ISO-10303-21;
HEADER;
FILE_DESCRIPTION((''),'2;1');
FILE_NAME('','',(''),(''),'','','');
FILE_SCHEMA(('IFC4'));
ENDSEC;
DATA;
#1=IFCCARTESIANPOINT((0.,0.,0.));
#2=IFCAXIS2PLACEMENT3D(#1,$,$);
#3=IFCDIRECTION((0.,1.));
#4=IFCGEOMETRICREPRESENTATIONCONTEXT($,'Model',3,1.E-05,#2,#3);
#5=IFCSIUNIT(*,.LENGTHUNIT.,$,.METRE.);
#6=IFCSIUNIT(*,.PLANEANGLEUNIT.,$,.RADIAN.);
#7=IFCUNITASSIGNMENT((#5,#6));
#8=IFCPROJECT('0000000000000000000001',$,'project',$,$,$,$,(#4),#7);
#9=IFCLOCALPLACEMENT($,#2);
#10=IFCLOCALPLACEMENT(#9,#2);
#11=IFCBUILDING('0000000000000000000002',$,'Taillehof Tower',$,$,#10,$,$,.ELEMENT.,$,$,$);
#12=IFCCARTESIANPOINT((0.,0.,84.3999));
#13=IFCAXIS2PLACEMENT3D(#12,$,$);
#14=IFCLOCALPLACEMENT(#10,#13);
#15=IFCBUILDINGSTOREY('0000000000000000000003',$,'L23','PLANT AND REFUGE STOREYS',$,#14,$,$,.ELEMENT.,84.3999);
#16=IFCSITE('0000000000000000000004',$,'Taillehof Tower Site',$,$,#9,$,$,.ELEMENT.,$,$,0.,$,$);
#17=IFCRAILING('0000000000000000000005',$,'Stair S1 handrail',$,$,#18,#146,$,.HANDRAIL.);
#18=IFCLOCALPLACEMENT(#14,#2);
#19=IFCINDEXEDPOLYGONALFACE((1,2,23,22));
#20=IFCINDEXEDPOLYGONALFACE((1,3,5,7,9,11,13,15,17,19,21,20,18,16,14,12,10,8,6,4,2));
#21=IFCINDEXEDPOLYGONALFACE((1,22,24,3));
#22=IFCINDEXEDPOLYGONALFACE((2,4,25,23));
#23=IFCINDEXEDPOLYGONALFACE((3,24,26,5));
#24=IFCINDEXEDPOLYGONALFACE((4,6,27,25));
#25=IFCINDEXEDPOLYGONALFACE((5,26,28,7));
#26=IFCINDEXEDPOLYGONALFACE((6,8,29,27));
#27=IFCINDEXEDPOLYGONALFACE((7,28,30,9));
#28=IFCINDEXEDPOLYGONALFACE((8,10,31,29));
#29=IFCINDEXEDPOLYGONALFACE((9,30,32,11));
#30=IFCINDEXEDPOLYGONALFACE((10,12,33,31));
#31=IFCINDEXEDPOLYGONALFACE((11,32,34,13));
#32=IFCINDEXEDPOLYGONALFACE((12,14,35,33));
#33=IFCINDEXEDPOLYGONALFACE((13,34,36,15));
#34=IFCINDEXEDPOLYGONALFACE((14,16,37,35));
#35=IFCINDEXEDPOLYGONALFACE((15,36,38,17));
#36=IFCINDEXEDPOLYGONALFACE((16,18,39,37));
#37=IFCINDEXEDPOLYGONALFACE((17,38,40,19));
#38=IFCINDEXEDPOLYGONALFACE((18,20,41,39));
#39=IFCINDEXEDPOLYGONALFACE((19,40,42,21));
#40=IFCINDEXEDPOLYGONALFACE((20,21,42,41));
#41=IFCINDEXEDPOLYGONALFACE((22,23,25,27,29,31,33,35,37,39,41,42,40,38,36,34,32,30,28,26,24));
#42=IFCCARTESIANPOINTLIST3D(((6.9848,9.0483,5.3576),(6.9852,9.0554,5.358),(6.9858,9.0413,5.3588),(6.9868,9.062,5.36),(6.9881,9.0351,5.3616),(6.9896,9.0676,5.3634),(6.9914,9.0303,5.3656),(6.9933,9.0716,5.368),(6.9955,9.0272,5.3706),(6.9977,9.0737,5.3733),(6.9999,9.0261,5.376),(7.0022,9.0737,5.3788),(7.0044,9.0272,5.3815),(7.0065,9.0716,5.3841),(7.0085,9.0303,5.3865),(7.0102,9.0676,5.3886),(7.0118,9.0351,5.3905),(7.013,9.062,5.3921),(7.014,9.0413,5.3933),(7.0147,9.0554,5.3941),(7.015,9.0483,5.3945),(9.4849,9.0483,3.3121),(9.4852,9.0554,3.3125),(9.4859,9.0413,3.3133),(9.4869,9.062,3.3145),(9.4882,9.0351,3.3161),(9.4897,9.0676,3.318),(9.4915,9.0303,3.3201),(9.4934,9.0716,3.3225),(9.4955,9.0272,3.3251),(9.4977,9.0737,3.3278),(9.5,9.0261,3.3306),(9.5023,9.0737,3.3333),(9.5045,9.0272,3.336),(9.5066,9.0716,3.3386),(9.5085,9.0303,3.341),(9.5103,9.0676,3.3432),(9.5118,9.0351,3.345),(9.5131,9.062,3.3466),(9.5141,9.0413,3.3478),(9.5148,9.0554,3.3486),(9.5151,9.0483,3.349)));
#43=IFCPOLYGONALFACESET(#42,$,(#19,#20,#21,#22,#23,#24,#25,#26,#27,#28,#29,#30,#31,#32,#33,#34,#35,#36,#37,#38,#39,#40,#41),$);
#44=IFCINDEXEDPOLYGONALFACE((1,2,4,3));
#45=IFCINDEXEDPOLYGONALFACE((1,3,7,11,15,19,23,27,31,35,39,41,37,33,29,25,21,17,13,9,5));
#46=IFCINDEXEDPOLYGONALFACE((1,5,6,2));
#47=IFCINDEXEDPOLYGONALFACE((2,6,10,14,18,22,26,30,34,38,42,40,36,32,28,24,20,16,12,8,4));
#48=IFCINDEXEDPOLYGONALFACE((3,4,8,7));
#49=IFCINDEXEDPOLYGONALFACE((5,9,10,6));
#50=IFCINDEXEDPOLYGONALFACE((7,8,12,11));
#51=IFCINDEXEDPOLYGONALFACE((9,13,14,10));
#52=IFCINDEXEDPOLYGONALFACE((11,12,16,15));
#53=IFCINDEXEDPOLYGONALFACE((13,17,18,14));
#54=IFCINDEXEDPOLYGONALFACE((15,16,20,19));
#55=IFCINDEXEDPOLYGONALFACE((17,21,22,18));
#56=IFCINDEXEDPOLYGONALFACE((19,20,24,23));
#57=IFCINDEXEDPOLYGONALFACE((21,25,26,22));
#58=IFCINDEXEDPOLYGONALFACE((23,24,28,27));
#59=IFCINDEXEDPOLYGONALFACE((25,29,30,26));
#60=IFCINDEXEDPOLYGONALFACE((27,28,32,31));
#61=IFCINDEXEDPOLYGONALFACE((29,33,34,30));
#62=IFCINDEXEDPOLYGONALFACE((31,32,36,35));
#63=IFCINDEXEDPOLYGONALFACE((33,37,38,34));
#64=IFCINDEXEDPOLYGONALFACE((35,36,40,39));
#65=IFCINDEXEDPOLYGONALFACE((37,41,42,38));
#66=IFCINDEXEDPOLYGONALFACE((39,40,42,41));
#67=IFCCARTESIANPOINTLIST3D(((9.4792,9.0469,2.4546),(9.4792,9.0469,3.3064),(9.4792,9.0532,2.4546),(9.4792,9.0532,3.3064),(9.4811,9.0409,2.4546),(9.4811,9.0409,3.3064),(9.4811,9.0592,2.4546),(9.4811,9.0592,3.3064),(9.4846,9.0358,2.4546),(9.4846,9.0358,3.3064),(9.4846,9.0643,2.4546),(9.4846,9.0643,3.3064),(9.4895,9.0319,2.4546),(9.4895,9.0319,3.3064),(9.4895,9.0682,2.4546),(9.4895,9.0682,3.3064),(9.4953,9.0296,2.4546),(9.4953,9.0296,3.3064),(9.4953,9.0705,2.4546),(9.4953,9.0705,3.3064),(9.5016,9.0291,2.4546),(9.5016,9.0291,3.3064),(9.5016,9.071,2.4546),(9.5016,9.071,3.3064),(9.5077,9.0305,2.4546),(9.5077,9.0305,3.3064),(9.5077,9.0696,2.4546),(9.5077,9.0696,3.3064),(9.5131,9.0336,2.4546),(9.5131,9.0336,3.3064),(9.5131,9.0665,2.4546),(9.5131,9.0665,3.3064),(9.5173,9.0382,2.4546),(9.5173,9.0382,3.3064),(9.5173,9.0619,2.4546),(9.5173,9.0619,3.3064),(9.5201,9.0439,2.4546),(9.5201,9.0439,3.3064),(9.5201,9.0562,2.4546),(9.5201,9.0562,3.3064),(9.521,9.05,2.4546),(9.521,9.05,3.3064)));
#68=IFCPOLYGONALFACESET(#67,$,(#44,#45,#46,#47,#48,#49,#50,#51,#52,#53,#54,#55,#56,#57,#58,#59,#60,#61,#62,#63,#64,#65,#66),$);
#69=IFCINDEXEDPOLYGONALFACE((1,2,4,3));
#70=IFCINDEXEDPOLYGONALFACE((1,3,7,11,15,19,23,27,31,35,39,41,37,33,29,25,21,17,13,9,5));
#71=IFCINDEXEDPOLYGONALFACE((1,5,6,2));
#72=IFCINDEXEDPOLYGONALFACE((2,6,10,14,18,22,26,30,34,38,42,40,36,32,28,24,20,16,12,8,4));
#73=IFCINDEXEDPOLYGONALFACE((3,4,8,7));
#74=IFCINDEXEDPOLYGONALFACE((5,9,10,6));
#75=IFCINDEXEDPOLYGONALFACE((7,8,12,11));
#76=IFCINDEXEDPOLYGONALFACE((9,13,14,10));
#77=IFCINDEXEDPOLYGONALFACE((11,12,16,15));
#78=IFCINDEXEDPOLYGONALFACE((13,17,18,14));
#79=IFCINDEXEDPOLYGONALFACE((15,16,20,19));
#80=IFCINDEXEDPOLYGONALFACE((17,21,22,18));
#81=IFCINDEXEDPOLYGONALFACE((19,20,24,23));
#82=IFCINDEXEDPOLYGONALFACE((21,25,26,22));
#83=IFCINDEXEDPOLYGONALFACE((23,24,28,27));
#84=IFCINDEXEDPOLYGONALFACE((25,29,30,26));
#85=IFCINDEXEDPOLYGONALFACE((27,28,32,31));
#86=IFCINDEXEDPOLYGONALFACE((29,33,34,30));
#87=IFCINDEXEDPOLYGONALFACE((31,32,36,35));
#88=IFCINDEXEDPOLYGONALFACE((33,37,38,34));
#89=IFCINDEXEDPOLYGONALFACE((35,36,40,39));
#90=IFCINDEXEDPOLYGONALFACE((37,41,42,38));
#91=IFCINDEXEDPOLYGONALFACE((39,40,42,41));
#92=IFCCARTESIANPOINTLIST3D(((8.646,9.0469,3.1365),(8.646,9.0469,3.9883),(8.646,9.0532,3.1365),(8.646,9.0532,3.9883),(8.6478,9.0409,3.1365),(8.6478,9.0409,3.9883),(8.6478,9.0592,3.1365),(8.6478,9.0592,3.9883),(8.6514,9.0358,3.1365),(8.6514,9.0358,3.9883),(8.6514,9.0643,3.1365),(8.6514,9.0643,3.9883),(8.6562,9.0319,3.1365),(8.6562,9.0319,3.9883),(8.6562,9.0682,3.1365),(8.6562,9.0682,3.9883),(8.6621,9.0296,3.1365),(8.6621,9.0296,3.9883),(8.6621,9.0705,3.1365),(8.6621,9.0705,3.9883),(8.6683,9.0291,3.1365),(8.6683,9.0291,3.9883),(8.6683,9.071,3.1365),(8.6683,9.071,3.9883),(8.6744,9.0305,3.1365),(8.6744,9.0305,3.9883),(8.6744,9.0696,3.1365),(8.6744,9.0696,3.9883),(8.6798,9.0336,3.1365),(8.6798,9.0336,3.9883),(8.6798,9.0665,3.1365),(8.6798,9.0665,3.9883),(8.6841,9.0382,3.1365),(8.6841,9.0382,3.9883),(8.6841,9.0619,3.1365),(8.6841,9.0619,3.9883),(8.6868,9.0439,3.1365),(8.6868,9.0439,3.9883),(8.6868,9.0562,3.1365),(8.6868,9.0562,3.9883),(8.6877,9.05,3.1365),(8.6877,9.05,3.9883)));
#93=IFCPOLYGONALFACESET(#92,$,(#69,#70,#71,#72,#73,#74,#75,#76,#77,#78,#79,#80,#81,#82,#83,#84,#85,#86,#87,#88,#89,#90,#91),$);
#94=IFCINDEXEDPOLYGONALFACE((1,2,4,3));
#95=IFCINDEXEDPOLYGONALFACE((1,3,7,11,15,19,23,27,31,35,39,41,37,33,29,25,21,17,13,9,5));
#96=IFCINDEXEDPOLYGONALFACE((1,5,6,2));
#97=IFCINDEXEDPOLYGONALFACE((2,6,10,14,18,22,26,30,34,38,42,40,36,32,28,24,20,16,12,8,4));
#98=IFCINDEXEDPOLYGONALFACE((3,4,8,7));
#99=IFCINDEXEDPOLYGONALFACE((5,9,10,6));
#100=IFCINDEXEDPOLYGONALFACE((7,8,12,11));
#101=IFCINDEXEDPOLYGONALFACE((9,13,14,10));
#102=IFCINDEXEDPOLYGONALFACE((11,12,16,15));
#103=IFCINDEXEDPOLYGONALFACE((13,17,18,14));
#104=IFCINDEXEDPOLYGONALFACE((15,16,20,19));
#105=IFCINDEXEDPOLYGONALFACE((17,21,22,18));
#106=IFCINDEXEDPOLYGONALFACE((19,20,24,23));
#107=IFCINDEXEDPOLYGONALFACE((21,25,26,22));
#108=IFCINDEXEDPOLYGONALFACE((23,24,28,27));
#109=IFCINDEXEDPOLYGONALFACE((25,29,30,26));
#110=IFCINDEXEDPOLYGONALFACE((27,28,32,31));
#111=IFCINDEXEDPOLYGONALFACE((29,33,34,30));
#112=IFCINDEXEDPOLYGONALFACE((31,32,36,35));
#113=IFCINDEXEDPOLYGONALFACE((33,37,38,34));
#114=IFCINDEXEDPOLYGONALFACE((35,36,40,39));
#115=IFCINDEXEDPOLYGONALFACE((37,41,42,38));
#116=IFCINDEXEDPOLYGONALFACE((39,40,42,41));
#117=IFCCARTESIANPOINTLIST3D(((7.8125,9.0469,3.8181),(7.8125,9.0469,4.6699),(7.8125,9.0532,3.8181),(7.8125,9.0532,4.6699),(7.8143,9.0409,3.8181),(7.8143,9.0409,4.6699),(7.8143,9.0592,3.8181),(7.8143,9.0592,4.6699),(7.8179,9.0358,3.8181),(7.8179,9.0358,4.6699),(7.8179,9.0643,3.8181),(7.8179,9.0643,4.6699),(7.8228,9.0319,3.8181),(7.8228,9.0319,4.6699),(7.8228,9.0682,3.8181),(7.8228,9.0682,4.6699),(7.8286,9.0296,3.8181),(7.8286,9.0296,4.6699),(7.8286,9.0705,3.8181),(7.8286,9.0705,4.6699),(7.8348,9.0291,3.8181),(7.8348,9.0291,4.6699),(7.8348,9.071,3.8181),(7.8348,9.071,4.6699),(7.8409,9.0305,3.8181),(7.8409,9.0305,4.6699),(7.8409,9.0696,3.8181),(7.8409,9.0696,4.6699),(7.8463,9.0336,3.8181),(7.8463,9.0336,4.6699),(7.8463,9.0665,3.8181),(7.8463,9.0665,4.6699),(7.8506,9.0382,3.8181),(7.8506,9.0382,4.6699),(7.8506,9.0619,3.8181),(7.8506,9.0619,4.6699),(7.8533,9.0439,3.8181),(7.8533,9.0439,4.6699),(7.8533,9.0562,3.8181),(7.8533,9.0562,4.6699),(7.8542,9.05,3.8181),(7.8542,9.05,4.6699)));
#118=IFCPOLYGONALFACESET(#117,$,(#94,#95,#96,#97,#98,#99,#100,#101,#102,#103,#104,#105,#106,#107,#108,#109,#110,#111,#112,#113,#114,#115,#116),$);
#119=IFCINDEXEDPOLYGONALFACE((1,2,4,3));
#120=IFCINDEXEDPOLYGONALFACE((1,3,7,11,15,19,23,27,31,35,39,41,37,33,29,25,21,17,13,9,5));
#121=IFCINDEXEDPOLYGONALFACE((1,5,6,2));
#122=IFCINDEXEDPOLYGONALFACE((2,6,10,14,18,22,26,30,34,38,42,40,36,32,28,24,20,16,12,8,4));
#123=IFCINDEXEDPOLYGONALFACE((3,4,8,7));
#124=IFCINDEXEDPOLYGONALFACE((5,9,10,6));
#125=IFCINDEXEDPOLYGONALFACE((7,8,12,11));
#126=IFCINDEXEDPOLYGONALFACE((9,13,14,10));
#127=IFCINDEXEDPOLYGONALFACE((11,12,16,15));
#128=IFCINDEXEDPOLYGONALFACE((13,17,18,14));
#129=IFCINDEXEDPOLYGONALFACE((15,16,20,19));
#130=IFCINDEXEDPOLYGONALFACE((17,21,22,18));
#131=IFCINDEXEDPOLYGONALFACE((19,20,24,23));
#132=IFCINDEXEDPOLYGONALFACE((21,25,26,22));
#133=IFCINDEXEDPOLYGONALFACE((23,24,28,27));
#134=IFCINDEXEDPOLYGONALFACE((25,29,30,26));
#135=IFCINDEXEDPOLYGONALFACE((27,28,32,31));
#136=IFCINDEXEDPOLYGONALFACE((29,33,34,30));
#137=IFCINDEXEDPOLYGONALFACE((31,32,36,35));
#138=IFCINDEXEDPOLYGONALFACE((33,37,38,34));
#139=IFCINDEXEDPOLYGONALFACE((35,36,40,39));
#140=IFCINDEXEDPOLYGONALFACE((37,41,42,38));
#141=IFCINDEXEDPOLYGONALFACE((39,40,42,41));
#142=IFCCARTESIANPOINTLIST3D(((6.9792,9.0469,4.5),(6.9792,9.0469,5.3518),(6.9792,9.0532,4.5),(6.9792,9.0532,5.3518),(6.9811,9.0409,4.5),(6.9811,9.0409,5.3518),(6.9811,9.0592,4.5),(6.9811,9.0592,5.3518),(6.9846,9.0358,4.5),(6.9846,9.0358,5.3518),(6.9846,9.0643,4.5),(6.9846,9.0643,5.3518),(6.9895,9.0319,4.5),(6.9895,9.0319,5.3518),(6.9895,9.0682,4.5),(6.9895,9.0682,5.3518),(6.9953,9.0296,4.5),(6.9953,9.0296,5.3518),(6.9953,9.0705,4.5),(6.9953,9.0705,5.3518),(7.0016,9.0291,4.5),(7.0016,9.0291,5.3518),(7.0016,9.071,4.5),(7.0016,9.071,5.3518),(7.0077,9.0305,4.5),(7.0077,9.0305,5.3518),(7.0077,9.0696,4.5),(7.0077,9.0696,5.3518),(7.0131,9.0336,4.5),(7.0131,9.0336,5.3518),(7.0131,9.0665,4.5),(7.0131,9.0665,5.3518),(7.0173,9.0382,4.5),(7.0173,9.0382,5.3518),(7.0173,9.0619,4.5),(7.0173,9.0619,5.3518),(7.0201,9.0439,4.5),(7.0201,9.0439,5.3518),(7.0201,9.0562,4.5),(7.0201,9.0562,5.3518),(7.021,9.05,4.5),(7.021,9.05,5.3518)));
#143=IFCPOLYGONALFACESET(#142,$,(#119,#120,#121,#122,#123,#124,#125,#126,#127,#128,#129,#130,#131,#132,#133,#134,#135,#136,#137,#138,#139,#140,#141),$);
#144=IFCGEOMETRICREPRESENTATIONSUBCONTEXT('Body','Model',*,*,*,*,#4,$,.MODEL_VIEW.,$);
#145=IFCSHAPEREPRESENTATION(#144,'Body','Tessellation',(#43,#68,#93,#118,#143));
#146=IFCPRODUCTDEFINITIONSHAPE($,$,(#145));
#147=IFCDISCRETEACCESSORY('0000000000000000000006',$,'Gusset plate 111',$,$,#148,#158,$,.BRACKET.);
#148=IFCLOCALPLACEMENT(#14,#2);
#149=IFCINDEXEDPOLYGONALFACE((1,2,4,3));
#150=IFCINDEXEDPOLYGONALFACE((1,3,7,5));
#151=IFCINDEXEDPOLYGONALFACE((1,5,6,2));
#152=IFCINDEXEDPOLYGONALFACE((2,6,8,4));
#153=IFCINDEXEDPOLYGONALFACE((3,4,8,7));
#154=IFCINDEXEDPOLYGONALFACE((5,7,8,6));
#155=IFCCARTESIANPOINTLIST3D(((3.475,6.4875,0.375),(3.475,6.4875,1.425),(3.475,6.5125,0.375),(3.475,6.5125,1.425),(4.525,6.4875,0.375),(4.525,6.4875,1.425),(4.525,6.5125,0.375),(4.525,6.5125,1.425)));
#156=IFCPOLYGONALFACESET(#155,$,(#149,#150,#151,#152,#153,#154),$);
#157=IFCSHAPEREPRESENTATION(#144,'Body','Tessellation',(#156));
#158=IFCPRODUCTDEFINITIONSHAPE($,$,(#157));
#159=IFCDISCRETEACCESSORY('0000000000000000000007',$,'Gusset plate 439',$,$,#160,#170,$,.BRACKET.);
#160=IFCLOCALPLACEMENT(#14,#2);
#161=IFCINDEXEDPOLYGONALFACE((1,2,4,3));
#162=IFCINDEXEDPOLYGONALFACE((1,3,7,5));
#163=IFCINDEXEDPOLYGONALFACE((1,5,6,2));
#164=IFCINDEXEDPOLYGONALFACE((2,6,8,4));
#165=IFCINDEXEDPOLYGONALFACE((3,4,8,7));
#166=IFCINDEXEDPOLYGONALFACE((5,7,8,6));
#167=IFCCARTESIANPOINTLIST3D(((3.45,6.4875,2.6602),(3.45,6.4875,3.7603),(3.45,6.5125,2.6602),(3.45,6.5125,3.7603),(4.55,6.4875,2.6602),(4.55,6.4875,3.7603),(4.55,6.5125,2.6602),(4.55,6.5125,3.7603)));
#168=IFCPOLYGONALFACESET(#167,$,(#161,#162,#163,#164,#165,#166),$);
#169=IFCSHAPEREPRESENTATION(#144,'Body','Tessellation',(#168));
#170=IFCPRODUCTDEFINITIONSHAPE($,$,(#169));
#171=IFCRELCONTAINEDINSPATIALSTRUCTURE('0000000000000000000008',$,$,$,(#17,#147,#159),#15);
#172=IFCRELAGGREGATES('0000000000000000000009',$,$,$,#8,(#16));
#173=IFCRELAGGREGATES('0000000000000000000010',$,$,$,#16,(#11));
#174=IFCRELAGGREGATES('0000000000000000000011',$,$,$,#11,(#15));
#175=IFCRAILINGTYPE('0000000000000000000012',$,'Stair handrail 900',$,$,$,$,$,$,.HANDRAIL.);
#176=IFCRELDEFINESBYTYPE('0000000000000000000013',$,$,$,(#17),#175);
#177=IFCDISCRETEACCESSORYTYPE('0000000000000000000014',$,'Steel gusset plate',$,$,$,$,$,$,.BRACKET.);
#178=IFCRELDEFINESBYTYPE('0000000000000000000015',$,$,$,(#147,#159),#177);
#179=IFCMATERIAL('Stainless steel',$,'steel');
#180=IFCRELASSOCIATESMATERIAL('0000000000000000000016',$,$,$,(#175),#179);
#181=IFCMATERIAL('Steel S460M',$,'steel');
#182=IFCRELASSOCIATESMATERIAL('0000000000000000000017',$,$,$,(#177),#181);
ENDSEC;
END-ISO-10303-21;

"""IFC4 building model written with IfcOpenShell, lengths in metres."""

from ifc_helpers import new_model, si_unit, direction, frame, origin, origin_2d, place, context, subcontext, project, spatial, rectangle, circle, extrude, material, type_object, element, save


model = new_model("IFC4")

# Units and contexts
model_context = context("Model", 3, precision=1e-05, world=origin(), true_north=direction((0.0, 1.0)))
body_context = subcontext(model_context, "Body", "Model", "MODEL_VIEW")
ifc_project = project(units=[si_unit("LENGTHUNIT", "METRE"), si_unit("PLANEANGLEUNIT", "RADIAN")], contexts=[model_context])

# Site, building, storey
site_placement = place(None, origin())
site = spatial("IfcSite", under=ifc_project, at=site_placement, Name="Taillehof Tower Site", CompositionType="ELEMENT", RefElevation=0.0)
building_placement = place(site_placement, origin())
building = spatial("IfcBuilding", under=site, at=building_placement, Name="Taillehof Tower", CompositionType="ELEMENT")
storey_placement = place(building_placement, frame((0.0, 0.0, 84.3999)))
storey = spatial("IfcBuildingStorey", under=building, at=storey_placement, Name="L23", Description="PLANT AND REFUGE STOREYS", CompositionType="ELEMENT", Elevation=84.3999)

# Railing
ifc_material_1 = material(Name="Stainless steel", Category="steel")
railing_type = type_object("IfcRailingType", Name="Stair handrail 900", PredefinedType="HANDRAIL", material=ifc_material_1)
railing_1_placement = place(storey_placement, frame((9.5, 9.05, 2.4546)))
element("IfcRailing", 1, at=railing_1_placement, inside=storey, type_object=railing_type, Name="Stair S1 handrail", PredefinedType="HANDRAIL", context=body_context, shape_type="SweptSolid", body=[
    extrude(circle(Radius=0.0239, at=origin_2d()), frame((0.0, 0.0, 0.876), z_axis=(-0.773964, 0.0, 0.63323), x_axis=(0.0, -1.0, 0.0)), (0.0, 0.0, 1.0), 3.2302),
    extrude(circle(Radius=0.021, at=origin_2d()), origin(), (0.0, 0.0, 1.0), 0.8518),
    extrude(circle(Radius=0.021, at=origin_2d()), frame((-0.8333, 0.0, 0.6819)), (0.0, 0.0, 1.0), 0.8518),
    extrude(circle(Radius=0.021, at=origin_2d()), frame((-1.6667, 0.0, 1.3635)), (0.0, 0.0, 1.0), 0.8518),
    extrude(circle(Radius=0.021, at=origin_2d()), frame((-2.5, 0.0, 2.0454)), (0.0, 0.0, 1.0), 0.8518),
])

# Discrete accessories
ifc_material_2 = material(Name="Steel S460M", Category="steel")
discrete_accessory_type = type_object("IfcDiscreteAccessoryType", Name="Steel gusset plate", PredefinedType="BRACKET", material=ifc_material_2)
discrete_accessory_1_placement = place(storey_placement, frame((4.0, 6.5, 0.375), z_axis=(0.0, 0.0, 1.0), x_axis=(-1.0, 0.0, 0.0)))
element("IfcDiscreteAccessory", 2, at=discrete_accessory_1_placement, inside=storey, type_object=discrete_accessory_type, Name="Gusset plate 111", PredefinedType="BRACKET", context=body_context, shape_type="SweptSolid", body=[
    extrude(rectangle(XDim=1.05, YDim=0.0249, at=origin_2d()), origin(), (0.0, 0.0, 1.0), 1.05),
])
discrete_accessory_2_placement = place(storey_placement, frame((4.0, 6.5, 2.6602), z_axis=(0.0, 0.0, 1.0), x_axis=(1.0, 0.0, 0.0)))
element("IfcDiscreteAccessory", 3, at=discrete_accessory_2_placement, inside=storey, type_object=discrete_accessory_type, Name="Gusset plate 439", PredefinedType="BRACKET", context=body_context, shape_type="SweptSolid", body=[
    extrude(rectangle(XDim=1.1001, YDim=0.0249, at=origin_2d()), origin(), (0.0, 0.0, 1.0), 1.1001),
])

save(model, "model.ifc")
